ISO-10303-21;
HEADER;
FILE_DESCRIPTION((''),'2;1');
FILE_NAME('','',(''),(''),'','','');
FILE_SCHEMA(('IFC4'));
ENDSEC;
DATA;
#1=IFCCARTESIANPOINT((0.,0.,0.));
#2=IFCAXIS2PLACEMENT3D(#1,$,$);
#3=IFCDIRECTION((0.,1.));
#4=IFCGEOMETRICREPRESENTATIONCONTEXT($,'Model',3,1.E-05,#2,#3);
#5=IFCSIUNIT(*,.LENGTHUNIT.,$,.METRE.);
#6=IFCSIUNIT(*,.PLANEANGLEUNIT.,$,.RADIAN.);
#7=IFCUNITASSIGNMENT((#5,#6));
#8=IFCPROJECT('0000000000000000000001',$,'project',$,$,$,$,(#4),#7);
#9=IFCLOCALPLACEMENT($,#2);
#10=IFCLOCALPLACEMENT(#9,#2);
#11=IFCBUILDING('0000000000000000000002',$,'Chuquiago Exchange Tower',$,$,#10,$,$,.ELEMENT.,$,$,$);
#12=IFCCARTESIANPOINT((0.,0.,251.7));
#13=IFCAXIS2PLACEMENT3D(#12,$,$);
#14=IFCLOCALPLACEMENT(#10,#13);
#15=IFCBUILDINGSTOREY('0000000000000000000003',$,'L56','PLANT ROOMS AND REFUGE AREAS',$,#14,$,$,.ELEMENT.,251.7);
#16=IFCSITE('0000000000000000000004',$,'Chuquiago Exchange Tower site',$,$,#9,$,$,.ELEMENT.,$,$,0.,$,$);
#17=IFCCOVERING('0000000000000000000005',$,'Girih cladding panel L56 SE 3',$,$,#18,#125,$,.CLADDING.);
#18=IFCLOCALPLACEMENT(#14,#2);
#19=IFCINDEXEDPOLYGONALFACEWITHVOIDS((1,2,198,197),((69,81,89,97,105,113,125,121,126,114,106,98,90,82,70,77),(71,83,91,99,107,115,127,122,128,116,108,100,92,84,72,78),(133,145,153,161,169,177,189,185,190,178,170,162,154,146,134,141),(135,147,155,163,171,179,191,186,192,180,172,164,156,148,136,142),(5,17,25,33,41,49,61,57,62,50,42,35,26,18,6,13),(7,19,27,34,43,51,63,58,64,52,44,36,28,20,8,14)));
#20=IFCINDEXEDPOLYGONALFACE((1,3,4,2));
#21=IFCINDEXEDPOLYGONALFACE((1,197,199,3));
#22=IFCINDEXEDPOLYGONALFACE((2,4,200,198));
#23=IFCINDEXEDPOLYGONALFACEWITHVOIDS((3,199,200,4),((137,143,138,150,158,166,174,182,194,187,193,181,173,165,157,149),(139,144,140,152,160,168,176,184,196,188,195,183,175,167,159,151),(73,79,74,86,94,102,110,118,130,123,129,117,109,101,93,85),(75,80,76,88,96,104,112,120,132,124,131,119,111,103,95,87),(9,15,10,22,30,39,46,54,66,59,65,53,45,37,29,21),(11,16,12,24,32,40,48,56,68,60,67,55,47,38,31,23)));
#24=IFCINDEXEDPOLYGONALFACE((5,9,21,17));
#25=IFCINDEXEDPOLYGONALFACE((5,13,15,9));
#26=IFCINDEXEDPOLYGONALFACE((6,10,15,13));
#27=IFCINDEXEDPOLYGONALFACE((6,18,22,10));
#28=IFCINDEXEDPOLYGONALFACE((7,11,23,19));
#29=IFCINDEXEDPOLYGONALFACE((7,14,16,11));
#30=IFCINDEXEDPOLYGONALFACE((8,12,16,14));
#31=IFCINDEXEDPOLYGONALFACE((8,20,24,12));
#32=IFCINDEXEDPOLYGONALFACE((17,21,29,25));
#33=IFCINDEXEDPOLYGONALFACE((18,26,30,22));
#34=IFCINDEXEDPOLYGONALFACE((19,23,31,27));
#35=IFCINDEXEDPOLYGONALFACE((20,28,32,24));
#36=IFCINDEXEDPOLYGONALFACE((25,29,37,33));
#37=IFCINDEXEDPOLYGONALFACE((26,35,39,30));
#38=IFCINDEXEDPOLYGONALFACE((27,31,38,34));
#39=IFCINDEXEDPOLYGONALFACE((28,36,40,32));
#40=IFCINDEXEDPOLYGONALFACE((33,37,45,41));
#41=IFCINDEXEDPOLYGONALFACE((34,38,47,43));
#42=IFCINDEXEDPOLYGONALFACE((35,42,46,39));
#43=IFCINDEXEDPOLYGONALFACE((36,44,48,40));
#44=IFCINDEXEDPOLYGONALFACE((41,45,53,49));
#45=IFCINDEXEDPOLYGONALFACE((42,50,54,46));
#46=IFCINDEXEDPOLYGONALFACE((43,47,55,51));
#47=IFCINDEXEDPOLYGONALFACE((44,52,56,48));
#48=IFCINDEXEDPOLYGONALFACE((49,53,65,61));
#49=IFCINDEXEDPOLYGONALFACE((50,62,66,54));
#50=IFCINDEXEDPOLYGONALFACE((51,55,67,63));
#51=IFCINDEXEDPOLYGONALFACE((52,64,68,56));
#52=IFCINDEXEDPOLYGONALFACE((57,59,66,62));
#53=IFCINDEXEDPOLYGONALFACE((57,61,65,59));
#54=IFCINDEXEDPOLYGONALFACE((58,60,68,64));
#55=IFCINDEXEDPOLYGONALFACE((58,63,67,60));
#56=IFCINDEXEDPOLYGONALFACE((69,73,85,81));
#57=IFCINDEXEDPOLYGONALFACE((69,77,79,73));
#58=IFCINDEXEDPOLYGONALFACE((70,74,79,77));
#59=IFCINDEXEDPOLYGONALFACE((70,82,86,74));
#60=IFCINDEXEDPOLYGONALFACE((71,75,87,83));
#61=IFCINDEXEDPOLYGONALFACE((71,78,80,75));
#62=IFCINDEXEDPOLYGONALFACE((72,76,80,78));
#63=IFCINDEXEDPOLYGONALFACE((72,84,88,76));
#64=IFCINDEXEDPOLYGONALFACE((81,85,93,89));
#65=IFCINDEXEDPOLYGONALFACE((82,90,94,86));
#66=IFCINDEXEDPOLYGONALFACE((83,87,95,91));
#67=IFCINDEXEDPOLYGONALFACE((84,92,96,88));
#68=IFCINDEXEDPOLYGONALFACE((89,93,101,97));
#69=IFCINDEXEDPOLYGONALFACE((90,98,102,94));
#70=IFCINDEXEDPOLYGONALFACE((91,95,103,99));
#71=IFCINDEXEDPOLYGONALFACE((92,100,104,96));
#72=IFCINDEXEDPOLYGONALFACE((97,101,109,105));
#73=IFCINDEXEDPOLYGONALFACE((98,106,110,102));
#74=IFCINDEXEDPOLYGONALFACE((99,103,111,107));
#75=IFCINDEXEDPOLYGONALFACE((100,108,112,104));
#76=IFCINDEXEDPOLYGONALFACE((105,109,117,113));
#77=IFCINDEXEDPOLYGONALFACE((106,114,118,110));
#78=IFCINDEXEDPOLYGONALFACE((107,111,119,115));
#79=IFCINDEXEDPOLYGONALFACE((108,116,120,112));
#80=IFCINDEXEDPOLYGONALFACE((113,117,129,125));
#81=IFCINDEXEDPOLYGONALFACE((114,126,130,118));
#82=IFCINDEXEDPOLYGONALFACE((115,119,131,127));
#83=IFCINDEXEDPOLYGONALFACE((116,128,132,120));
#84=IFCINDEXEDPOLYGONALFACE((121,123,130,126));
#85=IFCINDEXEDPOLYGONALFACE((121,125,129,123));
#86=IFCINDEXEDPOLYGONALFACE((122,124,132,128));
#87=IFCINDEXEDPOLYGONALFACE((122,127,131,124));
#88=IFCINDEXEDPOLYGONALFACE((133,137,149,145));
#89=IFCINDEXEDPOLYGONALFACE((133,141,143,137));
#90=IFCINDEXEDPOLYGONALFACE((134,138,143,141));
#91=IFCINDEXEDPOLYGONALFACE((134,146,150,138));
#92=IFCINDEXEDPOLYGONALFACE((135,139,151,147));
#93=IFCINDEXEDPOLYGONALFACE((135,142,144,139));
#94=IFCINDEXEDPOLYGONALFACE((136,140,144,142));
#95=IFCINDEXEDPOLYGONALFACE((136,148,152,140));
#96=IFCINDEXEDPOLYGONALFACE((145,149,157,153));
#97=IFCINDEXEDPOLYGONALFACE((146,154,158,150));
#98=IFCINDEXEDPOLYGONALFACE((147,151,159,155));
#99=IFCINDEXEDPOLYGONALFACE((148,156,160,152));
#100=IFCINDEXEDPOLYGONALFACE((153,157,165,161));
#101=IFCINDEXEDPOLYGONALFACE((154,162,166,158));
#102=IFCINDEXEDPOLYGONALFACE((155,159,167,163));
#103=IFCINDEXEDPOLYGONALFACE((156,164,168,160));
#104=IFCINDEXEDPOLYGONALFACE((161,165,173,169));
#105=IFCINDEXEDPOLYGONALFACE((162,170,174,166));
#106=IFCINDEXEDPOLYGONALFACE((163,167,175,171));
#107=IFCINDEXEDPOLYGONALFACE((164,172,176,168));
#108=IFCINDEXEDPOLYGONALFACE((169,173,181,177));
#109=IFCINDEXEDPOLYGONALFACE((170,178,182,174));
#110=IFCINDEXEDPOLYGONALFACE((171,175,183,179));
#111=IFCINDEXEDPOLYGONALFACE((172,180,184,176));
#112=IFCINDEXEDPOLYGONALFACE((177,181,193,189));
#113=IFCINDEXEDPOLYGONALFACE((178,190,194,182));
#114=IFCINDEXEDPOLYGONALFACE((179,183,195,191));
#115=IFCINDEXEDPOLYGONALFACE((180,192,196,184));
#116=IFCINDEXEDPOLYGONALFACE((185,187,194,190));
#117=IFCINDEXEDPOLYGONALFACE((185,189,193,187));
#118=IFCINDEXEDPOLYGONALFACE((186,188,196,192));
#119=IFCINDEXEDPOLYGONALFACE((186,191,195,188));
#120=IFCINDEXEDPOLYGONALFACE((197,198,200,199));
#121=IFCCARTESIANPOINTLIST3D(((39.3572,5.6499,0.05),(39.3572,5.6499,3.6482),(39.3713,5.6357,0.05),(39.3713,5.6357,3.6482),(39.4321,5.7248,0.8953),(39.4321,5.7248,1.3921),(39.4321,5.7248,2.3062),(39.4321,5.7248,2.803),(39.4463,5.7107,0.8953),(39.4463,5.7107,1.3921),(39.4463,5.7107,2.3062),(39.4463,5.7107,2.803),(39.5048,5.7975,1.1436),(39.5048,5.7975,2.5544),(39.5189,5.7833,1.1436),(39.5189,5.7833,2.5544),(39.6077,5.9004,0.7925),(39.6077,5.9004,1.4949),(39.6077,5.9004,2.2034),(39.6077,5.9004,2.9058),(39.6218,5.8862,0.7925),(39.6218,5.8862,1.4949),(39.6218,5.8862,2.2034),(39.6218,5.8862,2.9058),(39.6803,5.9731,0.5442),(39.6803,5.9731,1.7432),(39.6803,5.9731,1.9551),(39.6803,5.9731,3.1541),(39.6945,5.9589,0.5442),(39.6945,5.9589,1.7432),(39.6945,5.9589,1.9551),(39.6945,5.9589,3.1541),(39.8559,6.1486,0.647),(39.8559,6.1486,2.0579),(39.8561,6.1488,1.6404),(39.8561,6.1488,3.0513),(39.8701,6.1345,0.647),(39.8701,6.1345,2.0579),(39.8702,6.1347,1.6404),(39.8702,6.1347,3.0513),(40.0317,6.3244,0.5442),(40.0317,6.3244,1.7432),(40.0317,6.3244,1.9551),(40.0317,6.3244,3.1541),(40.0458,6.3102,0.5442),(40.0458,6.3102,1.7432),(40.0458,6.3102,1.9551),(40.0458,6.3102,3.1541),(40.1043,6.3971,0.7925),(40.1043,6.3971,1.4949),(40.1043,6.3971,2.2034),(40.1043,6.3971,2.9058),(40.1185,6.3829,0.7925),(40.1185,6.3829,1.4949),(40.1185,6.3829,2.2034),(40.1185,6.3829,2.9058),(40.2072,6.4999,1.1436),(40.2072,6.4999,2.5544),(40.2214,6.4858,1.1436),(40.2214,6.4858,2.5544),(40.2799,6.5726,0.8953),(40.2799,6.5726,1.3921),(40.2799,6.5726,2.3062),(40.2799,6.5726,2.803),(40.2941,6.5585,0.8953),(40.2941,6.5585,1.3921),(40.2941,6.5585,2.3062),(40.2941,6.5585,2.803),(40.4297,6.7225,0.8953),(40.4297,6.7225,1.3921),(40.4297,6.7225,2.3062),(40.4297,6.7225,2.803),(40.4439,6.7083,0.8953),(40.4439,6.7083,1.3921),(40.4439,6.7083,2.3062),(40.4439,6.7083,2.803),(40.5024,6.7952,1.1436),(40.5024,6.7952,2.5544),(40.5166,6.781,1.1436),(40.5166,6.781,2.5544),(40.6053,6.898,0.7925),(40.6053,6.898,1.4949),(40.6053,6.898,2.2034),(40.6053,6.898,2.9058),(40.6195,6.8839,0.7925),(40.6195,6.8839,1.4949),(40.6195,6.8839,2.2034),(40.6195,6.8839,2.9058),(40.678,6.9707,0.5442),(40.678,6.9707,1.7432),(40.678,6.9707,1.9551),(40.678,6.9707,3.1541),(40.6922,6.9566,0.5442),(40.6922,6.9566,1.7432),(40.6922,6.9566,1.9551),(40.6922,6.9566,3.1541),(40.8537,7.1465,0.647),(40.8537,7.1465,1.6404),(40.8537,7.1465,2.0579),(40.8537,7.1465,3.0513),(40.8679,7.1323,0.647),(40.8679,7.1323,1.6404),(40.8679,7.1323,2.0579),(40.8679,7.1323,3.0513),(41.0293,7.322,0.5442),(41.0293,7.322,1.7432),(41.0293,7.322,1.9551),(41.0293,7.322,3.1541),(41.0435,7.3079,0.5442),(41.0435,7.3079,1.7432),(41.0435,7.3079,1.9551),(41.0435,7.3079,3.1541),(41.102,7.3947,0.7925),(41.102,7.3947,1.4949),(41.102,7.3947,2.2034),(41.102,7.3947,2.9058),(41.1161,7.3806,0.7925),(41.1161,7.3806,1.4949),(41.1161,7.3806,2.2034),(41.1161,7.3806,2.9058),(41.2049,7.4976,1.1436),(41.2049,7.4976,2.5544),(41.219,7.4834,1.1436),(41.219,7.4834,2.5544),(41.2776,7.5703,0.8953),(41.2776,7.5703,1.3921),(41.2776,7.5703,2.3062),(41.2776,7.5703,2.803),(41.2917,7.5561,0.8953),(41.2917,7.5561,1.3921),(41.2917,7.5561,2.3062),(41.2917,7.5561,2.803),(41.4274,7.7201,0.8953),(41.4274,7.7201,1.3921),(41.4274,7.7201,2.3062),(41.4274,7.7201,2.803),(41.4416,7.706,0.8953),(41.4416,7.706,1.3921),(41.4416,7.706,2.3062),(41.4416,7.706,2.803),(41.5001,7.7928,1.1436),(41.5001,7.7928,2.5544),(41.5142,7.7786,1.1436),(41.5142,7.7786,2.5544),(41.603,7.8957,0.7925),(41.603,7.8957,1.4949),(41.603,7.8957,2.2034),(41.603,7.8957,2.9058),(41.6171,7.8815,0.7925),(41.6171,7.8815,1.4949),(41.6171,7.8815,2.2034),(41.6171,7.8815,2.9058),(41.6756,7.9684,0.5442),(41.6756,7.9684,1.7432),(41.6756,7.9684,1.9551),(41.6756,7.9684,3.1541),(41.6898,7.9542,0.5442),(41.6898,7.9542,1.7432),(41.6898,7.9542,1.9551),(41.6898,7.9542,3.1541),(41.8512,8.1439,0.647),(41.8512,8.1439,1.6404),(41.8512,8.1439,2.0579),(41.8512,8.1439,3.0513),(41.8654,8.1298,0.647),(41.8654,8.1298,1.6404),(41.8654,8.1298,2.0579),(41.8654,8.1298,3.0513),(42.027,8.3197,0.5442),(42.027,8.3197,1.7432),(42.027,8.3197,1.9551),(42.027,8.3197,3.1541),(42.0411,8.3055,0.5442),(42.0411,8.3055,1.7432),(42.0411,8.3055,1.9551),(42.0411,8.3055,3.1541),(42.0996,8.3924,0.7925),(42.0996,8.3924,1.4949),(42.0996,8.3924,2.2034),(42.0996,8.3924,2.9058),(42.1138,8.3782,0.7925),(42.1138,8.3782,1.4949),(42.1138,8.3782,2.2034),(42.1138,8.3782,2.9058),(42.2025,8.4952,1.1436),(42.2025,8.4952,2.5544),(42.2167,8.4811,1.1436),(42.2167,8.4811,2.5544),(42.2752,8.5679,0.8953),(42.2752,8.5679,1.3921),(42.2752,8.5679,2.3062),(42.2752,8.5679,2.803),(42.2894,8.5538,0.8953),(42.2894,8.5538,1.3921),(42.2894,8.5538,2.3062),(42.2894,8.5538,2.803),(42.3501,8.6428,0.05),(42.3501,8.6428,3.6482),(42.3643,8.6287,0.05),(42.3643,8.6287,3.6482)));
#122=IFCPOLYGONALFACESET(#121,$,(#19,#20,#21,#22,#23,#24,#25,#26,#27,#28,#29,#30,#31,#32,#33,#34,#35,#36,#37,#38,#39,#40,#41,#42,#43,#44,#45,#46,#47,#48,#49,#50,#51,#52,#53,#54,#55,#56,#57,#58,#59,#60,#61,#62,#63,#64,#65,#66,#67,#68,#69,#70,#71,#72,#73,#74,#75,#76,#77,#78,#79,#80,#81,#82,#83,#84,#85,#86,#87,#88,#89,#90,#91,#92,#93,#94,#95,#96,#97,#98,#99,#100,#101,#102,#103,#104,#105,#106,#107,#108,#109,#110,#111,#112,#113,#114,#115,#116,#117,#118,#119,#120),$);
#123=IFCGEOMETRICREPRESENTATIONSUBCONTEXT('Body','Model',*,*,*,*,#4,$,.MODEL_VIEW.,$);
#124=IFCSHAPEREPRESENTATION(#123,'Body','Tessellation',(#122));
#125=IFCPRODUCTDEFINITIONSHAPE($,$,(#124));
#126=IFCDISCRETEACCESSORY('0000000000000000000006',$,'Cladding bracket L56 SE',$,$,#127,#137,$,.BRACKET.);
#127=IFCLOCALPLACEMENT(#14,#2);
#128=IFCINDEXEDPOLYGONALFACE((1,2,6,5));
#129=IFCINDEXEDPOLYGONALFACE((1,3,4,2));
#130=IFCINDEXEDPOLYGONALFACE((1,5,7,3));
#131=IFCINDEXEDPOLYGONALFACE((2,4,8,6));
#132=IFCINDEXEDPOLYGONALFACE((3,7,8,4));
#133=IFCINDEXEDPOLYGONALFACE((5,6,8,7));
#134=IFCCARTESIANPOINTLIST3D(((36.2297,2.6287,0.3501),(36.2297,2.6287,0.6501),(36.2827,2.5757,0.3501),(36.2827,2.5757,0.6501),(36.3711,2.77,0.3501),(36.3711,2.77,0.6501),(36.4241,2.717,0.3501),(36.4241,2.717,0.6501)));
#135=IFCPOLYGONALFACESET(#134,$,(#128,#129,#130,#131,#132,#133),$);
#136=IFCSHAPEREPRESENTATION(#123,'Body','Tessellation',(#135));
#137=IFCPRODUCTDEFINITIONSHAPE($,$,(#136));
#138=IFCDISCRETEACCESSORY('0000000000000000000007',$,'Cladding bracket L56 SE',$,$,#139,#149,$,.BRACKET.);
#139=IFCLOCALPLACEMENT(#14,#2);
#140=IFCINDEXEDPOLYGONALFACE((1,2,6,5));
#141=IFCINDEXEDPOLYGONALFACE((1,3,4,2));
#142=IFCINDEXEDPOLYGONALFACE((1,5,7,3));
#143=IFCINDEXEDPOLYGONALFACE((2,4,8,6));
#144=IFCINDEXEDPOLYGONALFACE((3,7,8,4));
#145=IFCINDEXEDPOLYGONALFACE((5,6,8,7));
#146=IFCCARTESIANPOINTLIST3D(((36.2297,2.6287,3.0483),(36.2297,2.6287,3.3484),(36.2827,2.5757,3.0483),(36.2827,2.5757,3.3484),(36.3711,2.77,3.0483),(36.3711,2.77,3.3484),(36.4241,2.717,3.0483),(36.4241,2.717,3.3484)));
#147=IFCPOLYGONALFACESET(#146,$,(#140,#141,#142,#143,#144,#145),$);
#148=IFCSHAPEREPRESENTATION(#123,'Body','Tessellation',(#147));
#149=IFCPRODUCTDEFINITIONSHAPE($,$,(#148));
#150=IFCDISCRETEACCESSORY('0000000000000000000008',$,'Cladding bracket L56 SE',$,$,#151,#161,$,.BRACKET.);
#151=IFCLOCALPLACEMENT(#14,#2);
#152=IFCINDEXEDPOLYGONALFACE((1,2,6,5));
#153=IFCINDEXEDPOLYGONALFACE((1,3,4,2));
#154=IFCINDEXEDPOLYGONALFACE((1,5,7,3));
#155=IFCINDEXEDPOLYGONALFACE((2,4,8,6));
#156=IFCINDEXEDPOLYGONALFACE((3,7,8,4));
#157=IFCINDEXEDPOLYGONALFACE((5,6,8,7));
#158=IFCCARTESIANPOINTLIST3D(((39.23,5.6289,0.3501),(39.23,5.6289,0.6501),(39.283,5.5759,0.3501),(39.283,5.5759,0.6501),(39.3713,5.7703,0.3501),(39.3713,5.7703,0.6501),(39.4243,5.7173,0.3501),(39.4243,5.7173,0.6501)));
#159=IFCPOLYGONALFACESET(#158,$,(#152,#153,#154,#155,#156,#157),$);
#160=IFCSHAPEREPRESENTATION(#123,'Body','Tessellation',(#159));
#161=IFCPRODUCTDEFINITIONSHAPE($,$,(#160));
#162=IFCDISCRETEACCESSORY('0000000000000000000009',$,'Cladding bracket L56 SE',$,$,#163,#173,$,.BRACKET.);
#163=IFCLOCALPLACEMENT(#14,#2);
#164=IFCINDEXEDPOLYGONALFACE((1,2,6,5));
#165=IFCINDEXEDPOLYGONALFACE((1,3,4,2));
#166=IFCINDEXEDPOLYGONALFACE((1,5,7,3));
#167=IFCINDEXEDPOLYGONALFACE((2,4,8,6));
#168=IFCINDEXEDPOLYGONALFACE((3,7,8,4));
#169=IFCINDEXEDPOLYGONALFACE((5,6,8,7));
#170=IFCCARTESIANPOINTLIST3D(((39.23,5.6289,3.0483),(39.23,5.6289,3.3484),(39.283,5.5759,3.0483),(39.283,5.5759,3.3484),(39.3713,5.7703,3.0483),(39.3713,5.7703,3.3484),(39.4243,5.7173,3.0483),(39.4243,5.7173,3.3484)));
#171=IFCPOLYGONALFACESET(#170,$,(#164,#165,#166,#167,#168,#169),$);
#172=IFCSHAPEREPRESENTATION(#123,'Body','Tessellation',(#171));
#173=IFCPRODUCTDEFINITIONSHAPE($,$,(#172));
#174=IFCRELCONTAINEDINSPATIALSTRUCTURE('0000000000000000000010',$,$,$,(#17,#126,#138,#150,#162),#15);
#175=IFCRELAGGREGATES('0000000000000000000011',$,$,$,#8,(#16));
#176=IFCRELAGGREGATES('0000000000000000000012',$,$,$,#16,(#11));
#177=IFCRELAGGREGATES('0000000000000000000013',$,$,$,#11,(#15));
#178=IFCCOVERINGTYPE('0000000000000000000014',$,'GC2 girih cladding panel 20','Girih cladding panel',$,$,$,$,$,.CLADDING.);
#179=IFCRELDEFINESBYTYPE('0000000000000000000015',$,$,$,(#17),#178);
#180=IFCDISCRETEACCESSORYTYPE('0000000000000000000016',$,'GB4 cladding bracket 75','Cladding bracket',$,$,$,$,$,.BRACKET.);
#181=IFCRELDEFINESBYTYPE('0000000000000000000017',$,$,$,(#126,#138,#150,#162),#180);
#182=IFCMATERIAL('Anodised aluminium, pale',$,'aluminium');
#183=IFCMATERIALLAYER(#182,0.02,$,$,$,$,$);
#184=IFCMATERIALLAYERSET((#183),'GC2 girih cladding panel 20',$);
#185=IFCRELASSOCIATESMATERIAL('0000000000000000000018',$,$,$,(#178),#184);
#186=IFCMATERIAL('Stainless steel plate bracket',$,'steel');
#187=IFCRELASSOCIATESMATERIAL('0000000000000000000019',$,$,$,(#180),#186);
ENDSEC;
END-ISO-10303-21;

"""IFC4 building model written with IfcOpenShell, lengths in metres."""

from ifc_helpers import new_model, si_unit, direction, frame, origin, origin_2d, place, context, subcontext, project, spatial, polyline, rectangle, outline, extrude, material, layer, layer_set, type_object, element, save


model = new_model("IFC4")

# Units and contexts
model_context = context("Model", 3, precision=1e-05, world=origin(), true_north=direction((0.0, 1.0)))
body_context = subcontext(model_context, "Body", "Model", "MODEL_VIEW")
ifc_project = project(units=[si_unit("LENGTHUNIT", "METRE"), si_unit("PLANEANGLEUNIT", "RADIAN")], contexts=[model_context])

# Site, building, storey
site_placement = place(None, origin())
site = spatial("IfcSite", under=ifc_project, at=site_placement, Name="Chuquiago Exchange Tower site", CompositionType="ELEMENT", RefElevation=0.0)
building_placement = place(site_placement, origin())
building = spatial("IfcBuilding", under=site, at=building_placement, Name="Chuquiago Exchange Tower", CompositionType="ELEMENT")
storey_placement = place(building_placement, frame((0.0, 0.0, 251.7)))
storey = spatial("IfcBuildingStorey", under=building, at=storey_placement, Name="L56", Description="PLANT ROOMS AND REFUGE AREAS", CompositionType="ELEMENT", Elevation=251.7)

# Covering
ifc_material_1 = material(Name="Anodised aluminium, pale", Category="aluminium")
ifc_layer_1 = layer(ifc_material_1, 0.02)
ifc_layer_set_1 = layer_set([ifc_layer_1], Name="GC2 girih cladding panel 20")
covering_type = type_object("IfcCoveringType", Name="GC2 girih cladding panel 20", Description="Girih cladding panel", PredefinedType="CLADDING", material=ifc_layer_set_1)
covering_1_placement = place(storey_placement, frame((39.3572, 5.6499, 0.05), z_axis=(0.0, 0.0, 1.0), x_axis=(0.707107, 0.707107, 0.0)))
element("IfcCovering", 1, at=covering_1_placement, inside=storey, type_object=covering_type, Name="Girih cladding panel L56 SE 3", PredefinedType="CLADDING", context=body_context, shape_type="SweptSolid", body=[
    extrude(outline(polyline([(0.0, 0.0), (4.2327, 0.0), (4.2327, 3.5981), (0.0, 3.5981), (0.0, 0.0)]), holes=[polyline([(1.2021, 1.0935), (1.3049, 1.342), (1.0566, 1.4448), (0.9539, 1.6931), (0.7056, 1.5903), (0.457, 1.6931), (0.3542, 1.4448), (0.106, 1.342), (0.2087, 1.0935), (0.106, 0.8452), (0.3542, 0.7424), (0.457, 0.4941), (0.7053, 0.5969), (0.9539, 0.4941), (1.0566, 0.7424), (1.3049, 0.8452), (1.2021, 1.0935)]), polyline([(2.613, 1.0935), (2.7158, 1.342), (2.4675, 1.4448), (2.3647, 1.6931), (2.1165, 1.5903), (1.8679, 1.6931), (1.7651, 1.4448), (1.5168, 1.342), (1.6196, 1.0935), (1.5168, 0.8452), (1.7651, 0.7424), (1.8679, 0.4941), (2.1165, 0.5969), (2.3647, 0.4941), (2.4675, 0.7424), (2.7158, 0.8452), (2.613, 1.0935)]), polyline([(4.0239, 1.0935), (4.1267, 1.342), (3.8784, 1.4448), (3.7756, 1.6931), (3.5271, 1.5903), (3.2788, 1.6931), (3.176, 1.4448), (2.9277, 1.342), (3.0305, 1.0935), (2.9277, 0.8452), (3.176, 0.7424), (3.2788, 0.4941), (3.5271, 0.5969), (3.7756, 0.4941), (3.8784, 0.7424), (4.1267, 0.8452), (4.0239, 1.0935)]), polyline([(1.2021, 2.5044), (1.3049, 2.7529), (1.0566, 2.8557), (0.9539, 3.104), (0.7056, 3.0012), (0.457, 3.104), (0.3542, 2.8557), (0.106, 2.7529), (0.2087, 2.5044), (0.106, 2.2561), (0.3542, 2.1533), (0.457, 1.905), (0.7053, 2.0078), (0.9539, 1.905), (1.0566, 2.1533), (1.3049, 2.2561), (1.2021, 2.5044)]), polyline([(2.613, 2.5044), (2.7158, 2.7529), (2.4675, 2.8557), (2.3647, 3.104), (2.1165, 3.0012), (1.8679, 3.104), (1.7651, 2.8557), (1.5168, 2.7529), (1.6196, 2.5044), (1.5168, 2.2561), (1.7651, 2.1533), (1.8679, 1.905), (2.1165, 2.0078), (2.3647, 1.905), (2.4675, 2.1533), (2.7158, 2.2561), (2.613, 2.5044)]), polyline([(4.0239, 2.5044), (4.1267, 2.7529), (3.8784, 2.8557), (3.7756, 3.104), (3.5271, 3.0012), (3.2788, 3.104), (3.176, 2.8557), (2.9277, 2.7529), (3.0305, 2.5044), (2.9277, 2.2561), (3.176, 2.1533), (3.2788, 1.905), (3.5271, 2.0078), (3.7756, 1.905), (3.8784, 2.1533), (4.1267, 2.2561), (4.0239, 2.5044)])]), frame((0.0, 0.0, 0.0), z_axis=(0.0, -1.0, 0.0), x_axis=(1.0, 0.0, 0.0)), (0.0, 0.0, 1.0), 0.02),
])

# Discrete accessories
ifc_material_2 = material(Name="Stainless steel plate bracket", Category="steel")
discrete_accessory_type = type_object("IfcDiscreteAccessoryType", Name="GB4 cladding bracket 75", Description="Cladding bracket", PredefinedType="BRACKET", material=ifc_material_2)
for number, where, z_axis, x_axis, name in (
    (2, (36.3269, 2.6729, 0.3501), (0.0, 0.0, 1.0), (0.707107, 0.707107, 0.0), "Cladding bracket L56 SE"),
    (3, (36.3269, 2.6729, 3.0483), (0.0, 0.0, 1.0), (0.707107, 0.707107, 0.0), "Cladding bracket L56 SE"),
    (4, (39.3271, 5.6731, 0.3501), (0.0, 0.0, 1.0), (0.707107, 0.707107, 0.0), "Cladding bracket L56 SE"),
    (5, (39.3271, 5.6731, 3.0483), (0.0, 0.0, 1.0), (0.707107, 0.707107, 0.0), "Cladding bracket L56 SE"),
):
    element("IfcDiscreteAccessory", number, at=place(storey_placement, frame(where, z_axis=z_axis, x_axis=x_axis)), inside=storey, type_object=discrete_accessory_type, Name=name, PredefinedType="BRACKET", context=body_context, shape_type="SweptSolid", body=[
        extrude(rectangle(XDim=0.2, YDim=0.075, at=origin_2d()), origin(), (0.0, 0.0, 1.0), 0.3),
    ])

save(model, "model.ifc")
